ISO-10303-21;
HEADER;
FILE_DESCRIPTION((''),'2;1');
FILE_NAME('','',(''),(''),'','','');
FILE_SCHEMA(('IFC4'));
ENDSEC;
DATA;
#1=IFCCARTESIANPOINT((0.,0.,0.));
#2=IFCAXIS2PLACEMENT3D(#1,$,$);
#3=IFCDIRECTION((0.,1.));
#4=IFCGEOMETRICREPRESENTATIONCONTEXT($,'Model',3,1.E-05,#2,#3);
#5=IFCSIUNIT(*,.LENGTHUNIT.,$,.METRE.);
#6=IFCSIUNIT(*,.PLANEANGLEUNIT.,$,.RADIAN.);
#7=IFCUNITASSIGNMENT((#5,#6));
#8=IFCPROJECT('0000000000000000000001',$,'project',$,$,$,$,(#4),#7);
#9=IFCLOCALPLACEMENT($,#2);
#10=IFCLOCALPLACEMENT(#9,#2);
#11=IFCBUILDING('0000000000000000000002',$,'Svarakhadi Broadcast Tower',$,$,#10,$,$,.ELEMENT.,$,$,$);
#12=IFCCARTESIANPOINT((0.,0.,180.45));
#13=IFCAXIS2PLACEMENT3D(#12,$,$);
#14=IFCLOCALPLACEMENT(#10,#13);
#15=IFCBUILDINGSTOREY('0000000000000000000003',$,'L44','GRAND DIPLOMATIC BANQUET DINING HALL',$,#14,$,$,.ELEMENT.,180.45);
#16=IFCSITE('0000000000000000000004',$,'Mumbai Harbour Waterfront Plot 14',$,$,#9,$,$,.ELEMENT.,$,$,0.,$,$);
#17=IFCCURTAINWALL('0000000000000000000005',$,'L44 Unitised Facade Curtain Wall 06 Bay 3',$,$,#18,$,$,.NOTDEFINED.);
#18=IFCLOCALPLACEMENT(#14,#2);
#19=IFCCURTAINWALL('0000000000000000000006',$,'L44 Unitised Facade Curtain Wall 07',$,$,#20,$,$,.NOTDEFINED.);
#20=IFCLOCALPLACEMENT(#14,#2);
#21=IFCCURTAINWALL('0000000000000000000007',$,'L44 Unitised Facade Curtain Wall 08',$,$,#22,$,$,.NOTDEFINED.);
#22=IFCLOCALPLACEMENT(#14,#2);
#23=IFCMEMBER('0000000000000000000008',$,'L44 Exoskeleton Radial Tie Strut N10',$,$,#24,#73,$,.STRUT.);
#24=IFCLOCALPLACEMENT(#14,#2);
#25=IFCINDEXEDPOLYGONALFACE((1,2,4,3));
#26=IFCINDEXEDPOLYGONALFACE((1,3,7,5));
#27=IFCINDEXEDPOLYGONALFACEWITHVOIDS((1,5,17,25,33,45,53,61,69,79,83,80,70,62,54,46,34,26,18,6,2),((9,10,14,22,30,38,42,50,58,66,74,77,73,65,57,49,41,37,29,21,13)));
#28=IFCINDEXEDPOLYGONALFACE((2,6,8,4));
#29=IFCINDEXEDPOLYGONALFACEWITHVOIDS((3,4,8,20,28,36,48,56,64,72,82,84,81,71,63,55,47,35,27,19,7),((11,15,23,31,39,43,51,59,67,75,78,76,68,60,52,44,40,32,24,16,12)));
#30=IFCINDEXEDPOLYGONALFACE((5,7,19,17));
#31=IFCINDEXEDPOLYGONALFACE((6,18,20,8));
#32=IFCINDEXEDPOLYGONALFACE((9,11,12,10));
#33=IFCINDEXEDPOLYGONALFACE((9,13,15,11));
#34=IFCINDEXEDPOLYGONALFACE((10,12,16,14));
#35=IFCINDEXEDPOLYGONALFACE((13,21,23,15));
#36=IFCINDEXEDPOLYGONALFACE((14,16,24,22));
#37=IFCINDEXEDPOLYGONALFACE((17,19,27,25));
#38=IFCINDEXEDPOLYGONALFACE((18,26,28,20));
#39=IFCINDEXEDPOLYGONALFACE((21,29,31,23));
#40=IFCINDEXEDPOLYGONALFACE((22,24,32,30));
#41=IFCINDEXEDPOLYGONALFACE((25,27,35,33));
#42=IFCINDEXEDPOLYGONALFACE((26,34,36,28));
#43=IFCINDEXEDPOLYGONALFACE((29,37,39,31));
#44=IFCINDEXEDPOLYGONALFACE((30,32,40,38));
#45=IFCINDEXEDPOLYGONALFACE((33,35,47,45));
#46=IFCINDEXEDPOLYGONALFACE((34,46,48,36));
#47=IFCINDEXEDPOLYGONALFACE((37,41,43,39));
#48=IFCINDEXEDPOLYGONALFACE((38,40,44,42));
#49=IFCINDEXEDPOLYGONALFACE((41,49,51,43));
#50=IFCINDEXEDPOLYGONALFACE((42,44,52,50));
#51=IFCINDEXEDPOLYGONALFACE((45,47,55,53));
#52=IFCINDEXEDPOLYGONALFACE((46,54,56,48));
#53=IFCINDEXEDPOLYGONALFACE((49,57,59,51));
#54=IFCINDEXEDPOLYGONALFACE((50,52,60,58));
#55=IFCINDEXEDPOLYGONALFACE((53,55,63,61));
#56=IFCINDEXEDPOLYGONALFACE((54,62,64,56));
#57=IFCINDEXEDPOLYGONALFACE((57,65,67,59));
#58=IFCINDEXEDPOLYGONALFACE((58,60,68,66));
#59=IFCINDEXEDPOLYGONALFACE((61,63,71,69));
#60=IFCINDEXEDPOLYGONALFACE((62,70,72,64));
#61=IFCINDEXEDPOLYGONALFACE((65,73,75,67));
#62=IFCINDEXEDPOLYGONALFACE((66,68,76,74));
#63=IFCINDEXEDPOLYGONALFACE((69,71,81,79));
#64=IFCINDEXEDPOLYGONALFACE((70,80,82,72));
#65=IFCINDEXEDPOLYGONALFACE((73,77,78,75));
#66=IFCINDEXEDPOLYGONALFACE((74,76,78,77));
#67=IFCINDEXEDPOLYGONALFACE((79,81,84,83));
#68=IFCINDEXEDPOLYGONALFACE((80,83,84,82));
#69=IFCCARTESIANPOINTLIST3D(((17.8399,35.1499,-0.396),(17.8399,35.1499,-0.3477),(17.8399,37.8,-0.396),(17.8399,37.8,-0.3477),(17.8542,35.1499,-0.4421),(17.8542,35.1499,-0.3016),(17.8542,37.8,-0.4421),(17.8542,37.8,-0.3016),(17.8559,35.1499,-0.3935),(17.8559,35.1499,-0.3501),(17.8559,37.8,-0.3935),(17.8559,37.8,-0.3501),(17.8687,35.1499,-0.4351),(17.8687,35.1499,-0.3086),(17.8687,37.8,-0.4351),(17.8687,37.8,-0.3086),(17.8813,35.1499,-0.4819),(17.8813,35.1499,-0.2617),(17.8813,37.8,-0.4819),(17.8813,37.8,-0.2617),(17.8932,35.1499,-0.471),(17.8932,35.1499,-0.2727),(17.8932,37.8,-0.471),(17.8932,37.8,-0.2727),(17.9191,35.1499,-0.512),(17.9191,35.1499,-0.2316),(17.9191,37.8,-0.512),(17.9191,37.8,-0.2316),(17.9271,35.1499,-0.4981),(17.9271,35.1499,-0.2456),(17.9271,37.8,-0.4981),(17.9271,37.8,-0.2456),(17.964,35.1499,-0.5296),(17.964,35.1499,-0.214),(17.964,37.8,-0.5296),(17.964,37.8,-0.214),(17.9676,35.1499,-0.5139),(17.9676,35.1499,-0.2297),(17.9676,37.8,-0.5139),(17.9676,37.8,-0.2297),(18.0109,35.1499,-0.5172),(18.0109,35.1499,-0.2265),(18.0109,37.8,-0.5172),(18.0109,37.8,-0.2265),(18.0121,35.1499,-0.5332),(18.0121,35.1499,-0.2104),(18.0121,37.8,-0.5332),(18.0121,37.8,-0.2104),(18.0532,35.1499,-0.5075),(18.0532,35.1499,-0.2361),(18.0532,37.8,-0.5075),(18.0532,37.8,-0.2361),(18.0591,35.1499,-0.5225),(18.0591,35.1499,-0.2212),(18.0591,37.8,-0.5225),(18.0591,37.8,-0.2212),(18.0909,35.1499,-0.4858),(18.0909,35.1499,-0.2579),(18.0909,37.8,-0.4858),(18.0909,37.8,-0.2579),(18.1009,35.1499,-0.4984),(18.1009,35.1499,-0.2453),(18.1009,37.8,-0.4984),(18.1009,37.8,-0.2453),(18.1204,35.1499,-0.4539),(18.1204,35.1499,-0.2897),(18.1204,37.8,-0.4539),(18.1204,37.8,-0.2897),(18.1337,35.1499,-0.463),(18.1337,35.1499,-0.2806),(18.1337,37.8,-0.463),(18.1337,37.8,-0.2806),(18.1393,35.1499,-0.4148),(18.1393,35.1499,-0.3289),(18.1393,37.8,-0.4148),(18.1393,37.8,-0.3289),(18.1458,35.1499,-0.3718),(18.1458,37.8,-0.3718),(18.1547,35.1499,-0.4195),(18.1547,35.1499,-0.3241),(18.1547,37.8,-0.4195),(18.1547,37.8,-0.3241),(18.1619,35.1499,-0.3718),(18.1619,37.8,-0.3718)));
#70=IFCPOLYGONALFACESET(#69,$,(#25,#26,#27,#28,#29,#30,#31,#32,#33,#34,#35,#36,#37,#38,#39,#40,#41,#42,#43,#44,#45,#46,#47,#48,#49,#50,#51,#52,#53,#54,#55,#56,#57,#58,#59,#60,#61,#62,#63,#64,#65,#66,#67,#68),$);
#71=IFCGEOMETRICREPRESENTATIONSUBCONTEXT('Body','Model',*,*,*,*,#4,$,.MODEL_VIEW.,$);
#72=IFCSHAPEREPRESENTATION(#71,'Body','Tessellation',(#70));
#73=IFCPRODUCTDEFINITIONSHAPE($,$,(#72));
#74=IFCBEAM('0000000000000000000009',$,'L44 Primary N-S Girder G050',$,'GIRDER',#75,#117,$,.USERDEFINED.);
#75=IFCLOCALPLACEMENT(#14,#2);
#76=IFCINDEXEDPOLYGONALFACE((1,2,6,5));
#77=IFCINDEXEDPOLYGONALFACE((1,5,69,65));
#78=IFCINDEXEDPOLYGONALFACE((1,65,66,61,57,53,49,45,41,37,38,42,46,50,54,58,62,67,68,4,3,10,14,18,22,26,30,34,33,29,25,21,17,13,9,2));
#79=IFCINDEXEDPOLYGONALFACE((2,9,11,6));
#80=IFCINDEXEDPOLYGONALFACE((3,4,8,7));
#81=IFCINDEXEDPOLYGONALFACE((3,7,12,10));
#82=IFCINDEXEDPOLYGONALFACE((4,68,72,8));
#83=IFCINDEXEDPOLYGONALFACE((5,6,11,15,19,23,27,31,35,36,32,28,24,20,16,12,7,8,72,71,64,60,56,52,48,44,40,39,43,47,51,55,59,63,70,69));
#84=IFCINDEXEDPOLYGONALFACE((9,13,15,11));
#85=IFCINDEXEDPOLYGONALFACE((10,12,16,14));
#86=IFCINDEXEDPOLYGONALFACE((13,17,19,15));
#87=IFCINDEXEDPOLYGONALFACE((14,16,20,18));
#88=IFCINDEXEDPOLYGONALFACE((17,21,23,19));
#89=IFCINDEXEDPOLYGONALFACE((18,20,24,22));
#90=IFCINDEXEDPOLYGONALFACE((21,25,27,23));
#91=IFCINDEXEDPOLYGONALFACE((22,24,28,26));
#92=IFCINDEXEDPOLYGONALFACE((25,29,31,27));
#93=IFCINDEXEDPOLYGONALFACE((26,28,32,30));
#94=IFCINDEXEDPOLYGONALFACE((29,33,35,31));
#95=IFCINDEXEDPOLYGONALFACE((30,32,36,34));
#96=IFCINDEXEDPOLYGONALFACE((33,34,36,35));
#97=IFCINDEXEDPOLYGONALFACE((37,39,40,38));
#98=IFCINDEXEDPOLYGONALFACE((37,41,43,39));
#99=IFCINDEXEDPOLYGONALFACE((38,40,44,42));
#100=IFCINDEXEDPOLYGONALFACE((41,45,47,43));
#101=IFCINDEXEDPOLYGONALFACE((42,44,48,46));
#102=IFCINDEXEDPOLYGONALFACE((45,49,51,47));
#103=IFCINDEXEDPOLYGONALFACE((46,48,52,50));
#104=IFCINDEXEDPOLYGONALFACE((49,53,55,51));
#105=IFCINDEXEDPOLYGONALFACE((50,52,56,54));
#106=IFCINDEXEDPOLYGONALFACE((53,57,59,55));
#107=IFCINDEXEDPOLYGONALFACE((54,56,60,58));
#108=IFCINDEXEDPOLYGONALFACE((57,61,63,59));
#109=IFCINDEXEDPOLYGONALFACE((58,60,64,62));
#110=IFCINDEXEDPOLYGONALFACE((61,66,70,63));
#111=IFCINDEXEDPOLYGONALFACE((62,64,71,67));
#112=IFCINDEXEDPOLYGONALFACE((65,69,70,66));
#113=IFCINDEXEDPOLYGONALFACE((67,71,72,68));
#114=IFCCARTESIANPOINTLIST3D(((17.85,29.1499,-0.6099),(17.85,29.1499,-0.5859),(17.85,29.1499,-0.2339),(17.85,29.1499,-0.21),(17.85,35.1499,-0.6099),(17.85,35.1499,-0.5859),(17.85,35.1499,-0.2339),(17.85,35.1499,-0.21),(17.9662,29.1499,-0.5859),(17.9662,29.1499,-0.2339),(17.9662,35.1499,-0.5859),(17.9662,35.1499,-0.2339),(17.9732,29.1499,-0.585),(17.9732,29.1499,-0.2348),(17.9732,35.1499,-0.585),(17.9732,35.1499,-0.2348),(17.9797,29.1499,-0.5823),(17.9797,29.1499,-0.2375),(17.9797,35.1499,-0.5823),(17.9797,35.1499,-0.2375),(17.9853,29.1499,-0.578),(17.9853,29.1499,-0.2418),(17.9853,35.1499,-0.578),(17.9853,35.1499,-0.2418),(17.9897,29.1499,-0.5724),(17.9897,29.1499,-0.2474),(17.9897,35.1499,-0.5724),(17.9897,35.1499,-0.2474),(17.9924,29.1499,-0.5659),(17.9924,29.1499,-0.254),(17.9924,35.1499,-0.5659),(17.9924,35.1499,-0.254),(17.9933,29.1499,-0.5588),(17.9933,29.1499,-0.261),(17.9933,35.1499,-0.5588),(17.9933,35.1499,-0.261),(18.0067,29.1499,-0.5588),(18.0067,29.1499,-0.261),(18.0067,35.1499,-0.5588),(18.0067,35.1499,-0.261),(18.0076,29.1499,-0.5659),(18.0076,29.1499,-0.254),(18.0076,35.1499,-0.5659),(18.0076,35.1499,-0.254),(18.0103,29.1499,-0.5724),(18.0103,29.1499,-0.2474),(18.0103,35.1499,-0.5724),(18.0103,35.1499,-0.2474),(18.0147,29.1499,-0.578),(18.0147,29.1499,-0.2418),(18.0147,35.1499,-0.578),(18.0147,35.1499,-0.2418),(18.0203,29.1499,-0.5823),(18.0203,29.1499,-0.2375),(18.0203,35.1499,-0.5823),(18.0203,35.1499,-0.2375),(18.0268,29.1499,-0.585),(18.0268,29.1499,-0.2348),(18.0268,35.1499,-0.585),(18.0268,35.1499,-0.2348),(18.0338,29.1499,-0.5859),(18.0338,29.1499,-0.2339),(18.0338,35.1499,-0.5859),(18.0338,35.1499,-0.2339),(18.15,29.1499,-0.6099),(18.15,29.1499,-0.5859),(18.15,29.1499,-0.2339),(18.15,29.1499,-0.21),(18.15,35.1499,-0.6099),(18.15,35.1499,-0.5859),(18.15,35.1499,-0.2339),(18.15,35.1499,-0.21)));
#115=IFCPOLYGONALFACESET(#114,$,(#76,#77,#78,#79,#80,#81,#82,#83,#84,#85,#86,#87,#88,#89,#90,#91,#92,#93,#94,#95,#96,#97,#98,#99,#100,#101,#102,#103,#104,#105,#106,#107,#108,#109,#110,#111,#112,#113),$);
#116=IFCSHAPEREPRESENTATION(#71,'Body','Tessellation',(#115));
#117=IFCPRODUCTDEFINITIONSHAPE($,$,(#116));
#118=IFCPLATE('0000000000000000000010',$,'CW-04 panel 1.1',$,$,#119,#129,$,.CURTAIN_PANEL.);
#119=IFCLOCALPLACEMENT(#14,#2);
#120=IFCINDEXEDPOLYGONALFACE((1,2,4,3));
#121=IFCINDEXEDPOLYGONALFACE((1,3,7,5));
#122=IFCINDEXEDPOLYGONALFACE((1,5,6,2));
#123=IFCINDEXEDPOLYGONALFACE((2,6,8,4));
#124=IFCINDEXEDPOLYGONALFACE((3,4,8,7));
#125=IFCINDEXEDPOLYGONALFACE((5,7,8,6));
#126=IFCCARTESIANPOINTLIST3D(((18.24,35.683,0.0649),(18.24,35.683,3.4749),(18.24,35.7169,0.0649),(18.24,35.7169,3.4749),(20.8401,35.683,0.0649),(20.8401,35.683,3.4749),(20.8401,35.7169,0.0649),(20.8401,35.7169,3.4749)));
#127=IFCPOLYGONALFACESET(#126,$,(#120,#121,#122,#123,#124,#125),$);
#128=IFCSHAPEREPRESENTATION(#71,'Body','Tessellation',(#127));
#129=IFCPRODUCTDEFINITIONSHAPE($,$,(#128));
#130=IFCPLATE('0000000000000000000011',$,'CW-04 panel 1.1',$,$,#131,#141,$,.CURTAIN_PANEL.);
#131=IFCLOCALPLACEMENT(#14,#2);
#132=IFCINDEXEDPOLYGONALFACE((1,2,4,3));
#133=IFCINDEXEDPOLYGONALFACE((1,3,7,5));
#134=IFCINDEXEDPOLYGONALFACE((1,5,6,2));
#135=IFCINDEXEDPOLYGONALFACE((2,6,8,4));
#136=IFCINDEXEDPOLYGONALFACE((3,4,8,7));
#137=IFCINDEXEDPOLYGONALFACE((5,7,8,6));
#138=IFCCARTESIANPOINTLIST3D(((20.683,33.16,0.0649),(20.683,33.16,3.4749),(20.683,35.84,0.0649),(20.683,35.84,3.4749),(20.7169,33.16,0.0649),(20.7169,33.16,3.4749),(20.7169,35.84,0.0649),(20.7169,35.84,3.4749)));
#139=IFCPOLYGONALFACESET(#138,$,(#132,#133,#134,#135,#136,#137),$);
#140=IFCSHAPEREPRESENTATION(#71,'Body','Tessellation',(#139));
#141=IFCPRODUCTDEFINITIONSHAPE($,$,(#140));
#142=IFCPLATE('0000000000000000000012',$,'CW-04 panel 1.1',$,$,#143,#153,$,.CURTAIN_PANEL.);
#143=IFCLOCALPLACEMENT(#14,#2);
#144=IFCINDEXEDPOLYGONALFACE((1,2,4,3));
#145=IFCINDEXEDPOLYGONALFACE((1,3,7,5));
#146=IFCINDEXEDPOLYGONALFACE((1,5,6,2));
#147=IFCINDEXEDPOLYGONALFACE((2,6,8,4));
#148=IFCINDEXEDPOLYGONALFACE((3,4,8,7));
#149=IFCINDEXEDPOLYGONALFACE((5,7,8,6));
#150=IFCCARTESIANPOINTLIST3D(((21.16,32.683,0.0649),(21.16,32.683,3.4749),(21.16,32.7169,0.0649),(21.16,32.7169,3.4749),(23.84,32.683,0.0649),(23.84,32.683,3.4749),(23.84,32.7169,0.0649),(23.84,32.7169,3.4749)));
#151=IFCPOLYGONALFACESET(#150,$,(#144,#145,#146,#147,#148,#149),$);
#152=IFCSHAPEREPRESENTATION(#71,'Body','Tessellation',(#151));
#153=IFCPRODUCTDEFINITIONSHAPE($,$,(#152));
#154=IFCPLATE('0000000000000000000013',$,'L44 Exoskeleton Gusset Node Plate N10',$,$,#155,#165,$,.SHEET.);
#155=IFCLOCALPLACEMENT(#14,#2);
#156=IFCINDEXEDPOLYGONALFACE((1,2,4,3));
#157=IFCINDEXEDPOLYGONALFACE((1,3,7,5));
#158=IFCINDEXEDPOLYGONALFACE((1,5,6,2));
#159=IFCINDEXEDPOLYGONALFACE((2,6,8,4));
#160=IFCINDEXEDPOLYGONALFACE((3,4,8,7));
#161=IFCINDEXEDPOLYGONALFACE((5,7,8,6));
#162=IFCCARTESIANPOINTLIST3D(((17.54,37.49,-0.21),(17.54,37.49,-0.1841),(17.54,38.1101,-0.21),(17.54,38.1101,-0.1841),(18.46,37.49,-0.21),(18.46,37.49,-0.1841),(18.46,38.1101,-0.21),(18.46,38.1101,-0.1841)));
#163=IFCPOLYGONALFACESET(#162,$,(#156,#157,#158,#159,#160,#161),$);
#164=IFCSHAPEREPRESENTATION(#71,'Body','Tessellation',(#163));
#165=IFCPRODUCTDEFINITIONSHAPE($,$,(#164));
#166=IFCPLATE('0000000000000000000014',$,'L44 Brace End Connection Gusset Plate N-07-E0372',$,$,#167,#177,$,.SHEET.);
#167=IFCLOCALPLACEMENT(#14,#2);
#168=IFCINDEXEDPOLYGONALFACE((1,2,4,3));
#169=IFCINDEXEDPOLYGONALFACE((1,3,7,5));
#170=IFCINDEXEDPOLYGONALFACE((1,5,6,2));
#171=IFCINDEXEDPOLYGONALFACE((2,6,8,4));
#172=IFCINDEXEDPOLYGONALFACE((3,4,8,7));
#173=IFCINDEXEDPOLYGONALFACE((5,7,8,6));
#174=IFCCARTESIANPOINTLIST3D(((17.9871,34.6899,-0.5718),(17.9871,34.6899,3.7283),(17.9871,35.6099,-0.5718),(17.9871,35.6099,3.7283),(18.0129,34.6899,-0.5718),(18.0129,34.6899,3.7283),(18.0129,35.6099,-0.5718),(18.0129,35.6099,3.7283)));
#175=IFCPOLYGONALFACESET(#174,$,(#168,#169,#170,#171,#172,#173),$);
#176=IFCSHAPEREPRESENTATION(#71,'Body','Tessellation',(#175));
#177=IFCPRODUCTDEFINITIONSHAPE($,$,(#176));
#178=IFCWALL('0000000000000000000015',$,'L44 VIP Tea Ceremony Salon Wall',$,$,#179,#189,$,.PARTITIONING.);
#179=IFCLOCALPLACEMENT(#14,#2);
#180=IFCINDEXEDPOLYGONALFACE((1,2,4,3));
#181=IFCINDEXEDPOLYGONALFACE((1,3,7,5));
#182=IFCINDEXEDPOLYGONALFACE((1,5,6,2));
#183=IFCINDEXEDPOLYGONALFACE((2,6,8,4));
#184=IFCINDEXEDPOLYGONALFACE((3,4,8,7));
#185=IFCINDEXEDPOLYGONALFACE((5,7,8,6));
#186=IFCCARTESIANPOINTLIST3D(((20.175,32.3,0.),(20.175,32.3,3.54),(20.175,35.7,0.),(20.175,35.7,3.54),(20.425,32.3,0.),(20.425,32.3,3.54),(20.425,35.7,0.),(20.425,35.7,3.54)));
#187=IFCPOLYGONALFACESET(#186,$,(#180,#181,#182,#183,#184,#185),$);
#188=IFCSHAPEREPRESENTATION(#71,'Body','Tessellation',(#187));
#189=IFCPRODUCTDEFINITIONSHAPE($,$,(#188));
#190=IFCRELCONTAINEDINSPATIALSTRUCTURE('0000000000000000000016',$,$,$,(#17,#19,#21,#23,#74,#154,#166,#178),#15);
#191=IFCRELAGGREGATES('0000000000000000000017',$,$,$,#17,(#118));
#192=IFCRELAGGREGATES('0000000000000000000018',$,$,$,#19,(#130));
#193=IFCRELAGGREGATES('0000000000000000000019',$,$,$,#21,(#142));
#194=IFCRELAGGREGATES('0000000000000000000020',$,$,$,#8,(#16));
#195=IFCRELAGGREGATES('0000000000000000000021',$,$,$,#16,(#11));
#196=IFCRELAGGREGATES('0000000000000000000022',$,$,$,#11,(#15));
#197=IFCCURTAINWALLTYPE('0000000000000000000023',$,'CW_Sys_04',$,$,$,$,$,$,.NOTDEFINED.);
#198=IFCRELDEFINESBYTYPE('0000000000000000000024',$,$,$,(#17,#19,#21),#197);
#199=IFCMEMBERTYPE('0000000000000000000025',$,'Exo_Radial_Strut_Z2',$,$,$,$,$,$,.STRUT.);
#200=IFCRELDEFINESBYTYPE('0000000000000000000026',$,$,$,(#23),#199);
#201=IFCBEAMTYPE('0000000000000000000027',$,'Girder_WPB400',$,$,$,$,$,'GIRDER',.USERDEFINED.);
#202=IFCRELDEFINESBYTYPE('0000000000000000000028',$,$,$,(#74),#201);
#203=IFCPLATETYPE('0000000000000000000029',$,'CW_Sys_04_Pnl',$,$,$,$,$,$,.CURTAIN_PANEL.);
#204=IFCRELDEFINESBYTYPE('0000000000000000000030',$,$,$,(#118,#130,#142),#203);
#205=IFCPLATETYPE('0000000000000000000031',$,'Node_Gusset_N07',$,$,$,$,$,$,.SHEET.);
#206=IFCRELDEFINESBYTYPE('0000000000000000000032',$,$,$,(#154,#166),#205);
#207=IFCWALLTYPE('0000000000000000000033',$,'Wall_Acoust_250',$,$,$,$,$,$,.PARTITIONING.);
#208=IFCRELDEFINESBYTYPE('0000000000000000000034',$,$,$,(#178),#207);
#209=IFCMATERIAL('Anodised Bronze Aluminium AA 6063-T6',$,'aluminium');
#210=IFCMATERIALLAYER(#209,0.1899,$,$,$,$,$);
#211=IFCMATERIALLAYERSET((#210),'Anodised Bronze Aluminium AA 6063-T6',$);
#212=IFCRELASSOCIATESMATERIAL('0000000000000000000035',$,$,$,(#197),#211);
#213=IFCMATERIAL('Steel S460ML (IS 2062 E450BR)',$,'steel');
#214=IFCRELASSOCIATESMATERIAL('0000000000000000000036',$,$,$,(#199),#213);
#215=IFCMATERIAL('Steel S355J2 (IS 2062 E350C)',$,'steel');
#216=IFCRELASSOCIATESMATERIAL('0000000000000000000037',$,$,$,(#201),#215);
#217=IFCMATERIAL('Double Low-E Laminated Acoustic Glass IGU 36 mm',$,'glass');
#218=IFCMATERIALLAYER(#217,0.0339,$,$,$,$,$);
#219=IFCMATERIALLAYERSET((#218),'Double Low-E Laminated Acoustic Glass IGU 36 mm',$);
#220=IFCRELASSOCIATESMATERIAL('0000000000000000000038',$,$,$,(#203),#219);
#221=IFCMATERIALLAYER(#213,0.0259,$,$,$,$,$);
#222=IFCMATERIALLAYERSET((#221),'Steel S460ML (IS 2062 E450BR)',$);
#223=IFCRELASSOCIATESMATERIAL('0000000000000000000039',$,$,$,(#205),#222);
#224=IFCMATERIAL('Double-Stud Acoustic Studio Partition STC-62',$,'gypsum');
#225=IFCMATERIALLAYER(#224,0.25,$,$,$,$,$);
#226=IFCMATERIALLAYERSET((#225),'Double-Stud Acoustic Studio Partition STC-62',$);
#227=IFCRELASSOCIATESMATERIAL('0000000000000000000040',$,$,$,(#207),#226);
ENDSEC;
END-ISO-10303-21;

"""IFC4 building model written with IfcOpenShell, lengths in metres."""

from ifc_helpers import new_model, si_unit, direction, frame, frame_2d, origin, origin_2d, place, context, subcontext, project, spatial, rectangle, hollow_circle, i_section, extrude, material, layer, layer_set, material_profile, profile_set, type_object, element, aggregate, save


model = new_model("IFC4")

# Units and contexts
model_context = context("Model", 3, precision=1e-05, world=origin(), true_north=direction((0.0, 1.0)))
body_context = subcontext(model_context, "Body", "Model", "MODEL_VIEW")
ifc_project = project(units=[si_unit("LENGTHUNIT", "METRE"), si_unit("PLANEANGLEUNIT", "RADIAN")], contexts=[model_context])

# Site, building, storey
site_placement = place(None, origin())
site = spatial("IfcSite", under=ifc_project, at=site_placement, Name="Mumbai Harbour Waterfront Plot 14", CompositionType="ELEMENT", RefElevation=0.0)
building_placement = place(site_placement, origin())
building = spatial("IfcBuilding", under=site, at=building_placement, Name="Svarakhadi Broadcast Tower", CompositionType="ELEMENT")
storey_placement = place(building_placement, frame((0.0, 0.0, 180.45)))
storey = spatial("IfcBuildingStorey", under=building, at=storey_placement, Name="L44", Description="GRAND DIPLOMATIC BANQUET DINING HALL", CompositionType="ELEMENT", Elevation=180.45)

# Shared definitions
ifc_material_1 = material(Name="Steel S460ML (IS 2062 E450BR)", Category="steel")

# Curtain walls
ifc_material_2 = material(Name="Anodised Bronze Aluminium AA 6063-T6", Category="aluminium")
ifc_layer_1 = layer(ifc_material_2, 0.1899)
ifc_layer_set_1 = layer_set([ifc_layer_1], Name="Anodised Bronze Aluminium AA 6063-T6")
curtain_wall_type = type_object("IfcCurtainWallType", Name="CW_Sys_04", PredefinedType="NOTDEFINED", material=ifc_layer_set_1)
curtain_wall_1_placement = place(storey_placement, origin())
curtain_wall_1 = element("IfcCurtainWall", 1, at=curtain_wall_1_placement, inside=storey, type_object=curtain_wall_type, Name="L44 Unitised Facade Curtain Wall 06 Bay 3", PredefinedType="NOTDEFINED")
curtain_wall_2_placement = place(storey_placement, origin())
curtain_wall_2 = element("IfcCurtainWall", 2, at=curtain_wall_2_placement, inside=storey, type_object=curtain_wall_type, Name="L44 Unitised Facade Curtain Wall 07", PredefinedType="NOTDEFINED")
curtain_wall_3_placement = place(storey_placement, origin())
curtain_wall_3 = element("IfcCurtainWall", 3, at=curtain_wall_3_placement, inside=storey, type_object=curtain_wall_type, Name="L44 Unitised Facade Curtain Wall 08", PredefinedType="NOTDEFINED")

# Member
ifc_material_profile_1 = material_profile(ifc_material_1, hollow_circle(Radius=0.1619, WallThickness=0.0161, at=origin_2d()), Name="CHS 323.9x16")
ifc_profile_set_1 = profile_set([ifc_material_profile_1], Name="Steel S460ML (IS 2062 E450BR)")
member_type_1 = type_object("IfcMemberType", Name="Exo_Radial_Strut_Z2", PredefinedType="STRUT", material=ifc_profile_set_1)
member_1_placement = place(storey_placement, frame((18.0, 37.8, -0.3718), z_axis=(0.0, -1.0, 0.0), x_axis=(1.0, 0.0, 0.0)))
element("IfcMember", 4, at=member_1_placement, inside=storey, type_object=member_type_1, Name="L44 Exoskeleton Radial Tie Strut N10", PredefinedType="STRUT", context=body_context, shape_type="SweptSolid", body=[
    extrude(hollow_circle(Radius=0.1619, WallThickness=0.0161, at=origin_2d()), origin(), (0.0, 0.0, 1.0), 2.6501),
])

# Beam
ifc_material_3 = material(Name="Steel S355J2 (IS 2062 E350C)", Category="steel")
ifc_material_profile_2 = material_profile(ifc_material_3, i_section(OverallWidth=0.3, OverallDepth=0.3999, WebThickness=0.0134, FlangeThickness=0.0239, FilletRadius=0.0271, at=origin_2d()), Name="WPB 400x300x155")
ifc_profile_set_2 = profile_set([ifc_material_profile_2], Name="Steel S355J2 (IS 2062 E350C)")
beam_type = type_object("IfcBeamType", Name="Girder_WPB400", ElementType="GIRDER", PredefinedType="USERDEFINED", material=ifc_profile_set_2)
beam_placement = place(storey_placement, frame((18.0, 29.1499, -0.4099), z_axis=(0.0, 1.0, 0.0), x_axis=(-1.0, 0.0, 0.0)))
element("IfcBeam", 5, at=beam_placement, inside=storey, type_object=beam_type, Name="L44 Primary N-S Girder G050", ObjectType="GIRDER", PredefinedType="USERDEFINED", context=body_context, shape_type="SweptSolid", body=[
    extrude(i_section(OverallWidth=0.3, OverallDepth=0.3999, WebThickness=0.0134, FlangeThickness=0.0239, FilletRadius=0.0271, at=origin_2d()), origin(), (0.0, 0.0, 1.0), 6.0),
])

# Plates
ifc_material_4 = material(Name="Double Low-E Laminated Acoustic Glass IGU 36 mm", Category="glass")
ifc_layer_2 = layer(ifc_material_4, 0.0339)
ifc_layer_set_2 = layer_set([ifc_layer_2], Name="Double Low-E Laminated Acoustic Glass IGU 36 mm")
plate_type_1 = type_object("IfcPlateType", Name="CW_Sys_04_Pnl", PredefinedType="CURTAIN_PANEL", material=ifc_layer_set_2)
plate_1_placement = place(storey_placement, frame((19.54, 35.7, 0.0649), z_axis=(0.0, 0.0, 1.0), x_axis=(1.0, 0.0, 0.0)))
plate_1 = element("IfcPlate", 6, at=plate_1_placement, type_object=plate_type_1, Name="CW-04 panel 1.1", PredefinedType="CURTAIN_PANEL", context=body_context, shape_type="SweptSolid", body=[
    extrude(rectangle(XDim=2.6001, YDim=0.0339, at=origin_2d()), origin(), (0.0, 0.0, 1.0), 3.4099),
])
aggregate(curtain_wall_1, [plate_1])
plate_2_placement = place(storey_placement, frame((20.7, 34.5, 0.0649), z_axis=(0.0, 0.0, 1.0), x_axis=(0.0, -1.0, 0.0)))
plate_2 = element("IfcPlate", 7, at=plate_2_placement, type_object=plate_type_1, Name="CW-04 panel 1.1", PredefinedType="CURTAIN_PANEL", context=body_context, shape_type="SweptSolid", body=[
    extrude(rectangle(XDim=2.6799, YDim=0.0339, at=origin_2d()), origin(), (0.0, 0.0, 1.0), 3.4099),
])
aggregate(curtain_wall_2, [plate_2])
plate_3_placement = place(storey_placement, frame((22.5, 32.7, 0.0649), z_axis=(0.0, 0.0, 1.0), x_axis=(1.0, 0.0, 0.0)))
plate_3 = element("IfcPlate", 8, at=plate_3_placement, type_object=plate_type_1, Name="CW-04 panel 1.1", PredefinedType="CURTAIN_PANEL", context=body_context, shape_type="SweptSolid", body=[
    extrude(rectangle(XDim=2.6799, YDim=0.0339, at=origin_2d()), origin(), (0.0, 0.0, 1.0), 3.4099),
])
aggregate(curtain_wall_3, [plate_3])

# Plates
ifc_layer_3 = layer(ifc_material_1, 0.0259)
ifc_layer_set_3 = layer_set([ifc_layer_3], Name="Steel S460ML (IS 2062 E450BR)")
plate_type_2 = type_object("IfcPlateType", Name="Node_Gusset_N07", PredefinedType="SHEET", material=ifc_layer_set_3)
plate_4_placement = place(storey_placement, frame((18.0, 37.8, -0.21), z_axis=(0.0, 0.0, 1.0), x_axis=(1.0, 0.0, 0.0)))
element("IfcPlate", 9, at=plate_4_placement, inside=storey, type_object=plate_type_2, Name="L44 Exoskeleton Gusset Node Plate N10", PredefinedType="SHEET", context=body_context, shape_type="SweptSolid", body=[
    extrude(rectangle(XDim=0.9199, YDim=0.6201, at=origin_2d()), origin(), (0.0, 0.0, 1.0), 0.0259),
])
plate_5_placement = place(storey_placement, frame((18.0, 35.1499, -0.5718), z_axis=(0.0, 0.0, 1.0), x_axis=(0.0, 1.0, 0.0)))
element("IfcPlate", 10, at=plate_5_placement, inside=storey, type_object=plate_type_2, Name="L44 Brace End Connection Gusset Plate N-07-E0372", PredefinedType="SHEET", context=body_context, shape_type="SweptSolid", body=[
    extrude(rectangle(XDim=0.9199, YDim=0.0259, at=origin_2d()), origin(), (0.0, 0.0, 1.0), 4.3),
])

# Wall
ifc_material_5 = material(Name="Double-Stud Acoustic Studio Partition STC-62", Category="gypsum")
ifc_layer_4 = layer(ifc_material_5, 0.25)
ifc_layer_set_4 = layer_set([ifc_layer_4], Name="Double-Stud Acoustic Studio Partition STC-62")
wall_type_1 = type_object("IfcWallType", Name="Wall_Acoust_250", PredefinedType="PARTITIONING", material=ifc_layer_set_4)
wall_1_placement = place(storey_placement, frame((20.3, 32.3, 0.0), z_axis=(0.0, 0.0, 1.0), x_axis=(0.0, 1.0, 0.0)))
element("IfcWall", 11, at=wall_1_placement, inside=storey, type_object=wall_type_1, Name="L44 VIP Tea Ceremony Salon Wall", PredefinedType="PARTITIONING", context=body_context, shape_type="SweptSolid", body=[
    extrude(rectangle(XDim=3.3999, YDim=0.25, at=frame_2d((1.7, 0.0))), origin(), (0.0, 0.0, 1.0), 3.54),
])

save(model, "model.ifc")
